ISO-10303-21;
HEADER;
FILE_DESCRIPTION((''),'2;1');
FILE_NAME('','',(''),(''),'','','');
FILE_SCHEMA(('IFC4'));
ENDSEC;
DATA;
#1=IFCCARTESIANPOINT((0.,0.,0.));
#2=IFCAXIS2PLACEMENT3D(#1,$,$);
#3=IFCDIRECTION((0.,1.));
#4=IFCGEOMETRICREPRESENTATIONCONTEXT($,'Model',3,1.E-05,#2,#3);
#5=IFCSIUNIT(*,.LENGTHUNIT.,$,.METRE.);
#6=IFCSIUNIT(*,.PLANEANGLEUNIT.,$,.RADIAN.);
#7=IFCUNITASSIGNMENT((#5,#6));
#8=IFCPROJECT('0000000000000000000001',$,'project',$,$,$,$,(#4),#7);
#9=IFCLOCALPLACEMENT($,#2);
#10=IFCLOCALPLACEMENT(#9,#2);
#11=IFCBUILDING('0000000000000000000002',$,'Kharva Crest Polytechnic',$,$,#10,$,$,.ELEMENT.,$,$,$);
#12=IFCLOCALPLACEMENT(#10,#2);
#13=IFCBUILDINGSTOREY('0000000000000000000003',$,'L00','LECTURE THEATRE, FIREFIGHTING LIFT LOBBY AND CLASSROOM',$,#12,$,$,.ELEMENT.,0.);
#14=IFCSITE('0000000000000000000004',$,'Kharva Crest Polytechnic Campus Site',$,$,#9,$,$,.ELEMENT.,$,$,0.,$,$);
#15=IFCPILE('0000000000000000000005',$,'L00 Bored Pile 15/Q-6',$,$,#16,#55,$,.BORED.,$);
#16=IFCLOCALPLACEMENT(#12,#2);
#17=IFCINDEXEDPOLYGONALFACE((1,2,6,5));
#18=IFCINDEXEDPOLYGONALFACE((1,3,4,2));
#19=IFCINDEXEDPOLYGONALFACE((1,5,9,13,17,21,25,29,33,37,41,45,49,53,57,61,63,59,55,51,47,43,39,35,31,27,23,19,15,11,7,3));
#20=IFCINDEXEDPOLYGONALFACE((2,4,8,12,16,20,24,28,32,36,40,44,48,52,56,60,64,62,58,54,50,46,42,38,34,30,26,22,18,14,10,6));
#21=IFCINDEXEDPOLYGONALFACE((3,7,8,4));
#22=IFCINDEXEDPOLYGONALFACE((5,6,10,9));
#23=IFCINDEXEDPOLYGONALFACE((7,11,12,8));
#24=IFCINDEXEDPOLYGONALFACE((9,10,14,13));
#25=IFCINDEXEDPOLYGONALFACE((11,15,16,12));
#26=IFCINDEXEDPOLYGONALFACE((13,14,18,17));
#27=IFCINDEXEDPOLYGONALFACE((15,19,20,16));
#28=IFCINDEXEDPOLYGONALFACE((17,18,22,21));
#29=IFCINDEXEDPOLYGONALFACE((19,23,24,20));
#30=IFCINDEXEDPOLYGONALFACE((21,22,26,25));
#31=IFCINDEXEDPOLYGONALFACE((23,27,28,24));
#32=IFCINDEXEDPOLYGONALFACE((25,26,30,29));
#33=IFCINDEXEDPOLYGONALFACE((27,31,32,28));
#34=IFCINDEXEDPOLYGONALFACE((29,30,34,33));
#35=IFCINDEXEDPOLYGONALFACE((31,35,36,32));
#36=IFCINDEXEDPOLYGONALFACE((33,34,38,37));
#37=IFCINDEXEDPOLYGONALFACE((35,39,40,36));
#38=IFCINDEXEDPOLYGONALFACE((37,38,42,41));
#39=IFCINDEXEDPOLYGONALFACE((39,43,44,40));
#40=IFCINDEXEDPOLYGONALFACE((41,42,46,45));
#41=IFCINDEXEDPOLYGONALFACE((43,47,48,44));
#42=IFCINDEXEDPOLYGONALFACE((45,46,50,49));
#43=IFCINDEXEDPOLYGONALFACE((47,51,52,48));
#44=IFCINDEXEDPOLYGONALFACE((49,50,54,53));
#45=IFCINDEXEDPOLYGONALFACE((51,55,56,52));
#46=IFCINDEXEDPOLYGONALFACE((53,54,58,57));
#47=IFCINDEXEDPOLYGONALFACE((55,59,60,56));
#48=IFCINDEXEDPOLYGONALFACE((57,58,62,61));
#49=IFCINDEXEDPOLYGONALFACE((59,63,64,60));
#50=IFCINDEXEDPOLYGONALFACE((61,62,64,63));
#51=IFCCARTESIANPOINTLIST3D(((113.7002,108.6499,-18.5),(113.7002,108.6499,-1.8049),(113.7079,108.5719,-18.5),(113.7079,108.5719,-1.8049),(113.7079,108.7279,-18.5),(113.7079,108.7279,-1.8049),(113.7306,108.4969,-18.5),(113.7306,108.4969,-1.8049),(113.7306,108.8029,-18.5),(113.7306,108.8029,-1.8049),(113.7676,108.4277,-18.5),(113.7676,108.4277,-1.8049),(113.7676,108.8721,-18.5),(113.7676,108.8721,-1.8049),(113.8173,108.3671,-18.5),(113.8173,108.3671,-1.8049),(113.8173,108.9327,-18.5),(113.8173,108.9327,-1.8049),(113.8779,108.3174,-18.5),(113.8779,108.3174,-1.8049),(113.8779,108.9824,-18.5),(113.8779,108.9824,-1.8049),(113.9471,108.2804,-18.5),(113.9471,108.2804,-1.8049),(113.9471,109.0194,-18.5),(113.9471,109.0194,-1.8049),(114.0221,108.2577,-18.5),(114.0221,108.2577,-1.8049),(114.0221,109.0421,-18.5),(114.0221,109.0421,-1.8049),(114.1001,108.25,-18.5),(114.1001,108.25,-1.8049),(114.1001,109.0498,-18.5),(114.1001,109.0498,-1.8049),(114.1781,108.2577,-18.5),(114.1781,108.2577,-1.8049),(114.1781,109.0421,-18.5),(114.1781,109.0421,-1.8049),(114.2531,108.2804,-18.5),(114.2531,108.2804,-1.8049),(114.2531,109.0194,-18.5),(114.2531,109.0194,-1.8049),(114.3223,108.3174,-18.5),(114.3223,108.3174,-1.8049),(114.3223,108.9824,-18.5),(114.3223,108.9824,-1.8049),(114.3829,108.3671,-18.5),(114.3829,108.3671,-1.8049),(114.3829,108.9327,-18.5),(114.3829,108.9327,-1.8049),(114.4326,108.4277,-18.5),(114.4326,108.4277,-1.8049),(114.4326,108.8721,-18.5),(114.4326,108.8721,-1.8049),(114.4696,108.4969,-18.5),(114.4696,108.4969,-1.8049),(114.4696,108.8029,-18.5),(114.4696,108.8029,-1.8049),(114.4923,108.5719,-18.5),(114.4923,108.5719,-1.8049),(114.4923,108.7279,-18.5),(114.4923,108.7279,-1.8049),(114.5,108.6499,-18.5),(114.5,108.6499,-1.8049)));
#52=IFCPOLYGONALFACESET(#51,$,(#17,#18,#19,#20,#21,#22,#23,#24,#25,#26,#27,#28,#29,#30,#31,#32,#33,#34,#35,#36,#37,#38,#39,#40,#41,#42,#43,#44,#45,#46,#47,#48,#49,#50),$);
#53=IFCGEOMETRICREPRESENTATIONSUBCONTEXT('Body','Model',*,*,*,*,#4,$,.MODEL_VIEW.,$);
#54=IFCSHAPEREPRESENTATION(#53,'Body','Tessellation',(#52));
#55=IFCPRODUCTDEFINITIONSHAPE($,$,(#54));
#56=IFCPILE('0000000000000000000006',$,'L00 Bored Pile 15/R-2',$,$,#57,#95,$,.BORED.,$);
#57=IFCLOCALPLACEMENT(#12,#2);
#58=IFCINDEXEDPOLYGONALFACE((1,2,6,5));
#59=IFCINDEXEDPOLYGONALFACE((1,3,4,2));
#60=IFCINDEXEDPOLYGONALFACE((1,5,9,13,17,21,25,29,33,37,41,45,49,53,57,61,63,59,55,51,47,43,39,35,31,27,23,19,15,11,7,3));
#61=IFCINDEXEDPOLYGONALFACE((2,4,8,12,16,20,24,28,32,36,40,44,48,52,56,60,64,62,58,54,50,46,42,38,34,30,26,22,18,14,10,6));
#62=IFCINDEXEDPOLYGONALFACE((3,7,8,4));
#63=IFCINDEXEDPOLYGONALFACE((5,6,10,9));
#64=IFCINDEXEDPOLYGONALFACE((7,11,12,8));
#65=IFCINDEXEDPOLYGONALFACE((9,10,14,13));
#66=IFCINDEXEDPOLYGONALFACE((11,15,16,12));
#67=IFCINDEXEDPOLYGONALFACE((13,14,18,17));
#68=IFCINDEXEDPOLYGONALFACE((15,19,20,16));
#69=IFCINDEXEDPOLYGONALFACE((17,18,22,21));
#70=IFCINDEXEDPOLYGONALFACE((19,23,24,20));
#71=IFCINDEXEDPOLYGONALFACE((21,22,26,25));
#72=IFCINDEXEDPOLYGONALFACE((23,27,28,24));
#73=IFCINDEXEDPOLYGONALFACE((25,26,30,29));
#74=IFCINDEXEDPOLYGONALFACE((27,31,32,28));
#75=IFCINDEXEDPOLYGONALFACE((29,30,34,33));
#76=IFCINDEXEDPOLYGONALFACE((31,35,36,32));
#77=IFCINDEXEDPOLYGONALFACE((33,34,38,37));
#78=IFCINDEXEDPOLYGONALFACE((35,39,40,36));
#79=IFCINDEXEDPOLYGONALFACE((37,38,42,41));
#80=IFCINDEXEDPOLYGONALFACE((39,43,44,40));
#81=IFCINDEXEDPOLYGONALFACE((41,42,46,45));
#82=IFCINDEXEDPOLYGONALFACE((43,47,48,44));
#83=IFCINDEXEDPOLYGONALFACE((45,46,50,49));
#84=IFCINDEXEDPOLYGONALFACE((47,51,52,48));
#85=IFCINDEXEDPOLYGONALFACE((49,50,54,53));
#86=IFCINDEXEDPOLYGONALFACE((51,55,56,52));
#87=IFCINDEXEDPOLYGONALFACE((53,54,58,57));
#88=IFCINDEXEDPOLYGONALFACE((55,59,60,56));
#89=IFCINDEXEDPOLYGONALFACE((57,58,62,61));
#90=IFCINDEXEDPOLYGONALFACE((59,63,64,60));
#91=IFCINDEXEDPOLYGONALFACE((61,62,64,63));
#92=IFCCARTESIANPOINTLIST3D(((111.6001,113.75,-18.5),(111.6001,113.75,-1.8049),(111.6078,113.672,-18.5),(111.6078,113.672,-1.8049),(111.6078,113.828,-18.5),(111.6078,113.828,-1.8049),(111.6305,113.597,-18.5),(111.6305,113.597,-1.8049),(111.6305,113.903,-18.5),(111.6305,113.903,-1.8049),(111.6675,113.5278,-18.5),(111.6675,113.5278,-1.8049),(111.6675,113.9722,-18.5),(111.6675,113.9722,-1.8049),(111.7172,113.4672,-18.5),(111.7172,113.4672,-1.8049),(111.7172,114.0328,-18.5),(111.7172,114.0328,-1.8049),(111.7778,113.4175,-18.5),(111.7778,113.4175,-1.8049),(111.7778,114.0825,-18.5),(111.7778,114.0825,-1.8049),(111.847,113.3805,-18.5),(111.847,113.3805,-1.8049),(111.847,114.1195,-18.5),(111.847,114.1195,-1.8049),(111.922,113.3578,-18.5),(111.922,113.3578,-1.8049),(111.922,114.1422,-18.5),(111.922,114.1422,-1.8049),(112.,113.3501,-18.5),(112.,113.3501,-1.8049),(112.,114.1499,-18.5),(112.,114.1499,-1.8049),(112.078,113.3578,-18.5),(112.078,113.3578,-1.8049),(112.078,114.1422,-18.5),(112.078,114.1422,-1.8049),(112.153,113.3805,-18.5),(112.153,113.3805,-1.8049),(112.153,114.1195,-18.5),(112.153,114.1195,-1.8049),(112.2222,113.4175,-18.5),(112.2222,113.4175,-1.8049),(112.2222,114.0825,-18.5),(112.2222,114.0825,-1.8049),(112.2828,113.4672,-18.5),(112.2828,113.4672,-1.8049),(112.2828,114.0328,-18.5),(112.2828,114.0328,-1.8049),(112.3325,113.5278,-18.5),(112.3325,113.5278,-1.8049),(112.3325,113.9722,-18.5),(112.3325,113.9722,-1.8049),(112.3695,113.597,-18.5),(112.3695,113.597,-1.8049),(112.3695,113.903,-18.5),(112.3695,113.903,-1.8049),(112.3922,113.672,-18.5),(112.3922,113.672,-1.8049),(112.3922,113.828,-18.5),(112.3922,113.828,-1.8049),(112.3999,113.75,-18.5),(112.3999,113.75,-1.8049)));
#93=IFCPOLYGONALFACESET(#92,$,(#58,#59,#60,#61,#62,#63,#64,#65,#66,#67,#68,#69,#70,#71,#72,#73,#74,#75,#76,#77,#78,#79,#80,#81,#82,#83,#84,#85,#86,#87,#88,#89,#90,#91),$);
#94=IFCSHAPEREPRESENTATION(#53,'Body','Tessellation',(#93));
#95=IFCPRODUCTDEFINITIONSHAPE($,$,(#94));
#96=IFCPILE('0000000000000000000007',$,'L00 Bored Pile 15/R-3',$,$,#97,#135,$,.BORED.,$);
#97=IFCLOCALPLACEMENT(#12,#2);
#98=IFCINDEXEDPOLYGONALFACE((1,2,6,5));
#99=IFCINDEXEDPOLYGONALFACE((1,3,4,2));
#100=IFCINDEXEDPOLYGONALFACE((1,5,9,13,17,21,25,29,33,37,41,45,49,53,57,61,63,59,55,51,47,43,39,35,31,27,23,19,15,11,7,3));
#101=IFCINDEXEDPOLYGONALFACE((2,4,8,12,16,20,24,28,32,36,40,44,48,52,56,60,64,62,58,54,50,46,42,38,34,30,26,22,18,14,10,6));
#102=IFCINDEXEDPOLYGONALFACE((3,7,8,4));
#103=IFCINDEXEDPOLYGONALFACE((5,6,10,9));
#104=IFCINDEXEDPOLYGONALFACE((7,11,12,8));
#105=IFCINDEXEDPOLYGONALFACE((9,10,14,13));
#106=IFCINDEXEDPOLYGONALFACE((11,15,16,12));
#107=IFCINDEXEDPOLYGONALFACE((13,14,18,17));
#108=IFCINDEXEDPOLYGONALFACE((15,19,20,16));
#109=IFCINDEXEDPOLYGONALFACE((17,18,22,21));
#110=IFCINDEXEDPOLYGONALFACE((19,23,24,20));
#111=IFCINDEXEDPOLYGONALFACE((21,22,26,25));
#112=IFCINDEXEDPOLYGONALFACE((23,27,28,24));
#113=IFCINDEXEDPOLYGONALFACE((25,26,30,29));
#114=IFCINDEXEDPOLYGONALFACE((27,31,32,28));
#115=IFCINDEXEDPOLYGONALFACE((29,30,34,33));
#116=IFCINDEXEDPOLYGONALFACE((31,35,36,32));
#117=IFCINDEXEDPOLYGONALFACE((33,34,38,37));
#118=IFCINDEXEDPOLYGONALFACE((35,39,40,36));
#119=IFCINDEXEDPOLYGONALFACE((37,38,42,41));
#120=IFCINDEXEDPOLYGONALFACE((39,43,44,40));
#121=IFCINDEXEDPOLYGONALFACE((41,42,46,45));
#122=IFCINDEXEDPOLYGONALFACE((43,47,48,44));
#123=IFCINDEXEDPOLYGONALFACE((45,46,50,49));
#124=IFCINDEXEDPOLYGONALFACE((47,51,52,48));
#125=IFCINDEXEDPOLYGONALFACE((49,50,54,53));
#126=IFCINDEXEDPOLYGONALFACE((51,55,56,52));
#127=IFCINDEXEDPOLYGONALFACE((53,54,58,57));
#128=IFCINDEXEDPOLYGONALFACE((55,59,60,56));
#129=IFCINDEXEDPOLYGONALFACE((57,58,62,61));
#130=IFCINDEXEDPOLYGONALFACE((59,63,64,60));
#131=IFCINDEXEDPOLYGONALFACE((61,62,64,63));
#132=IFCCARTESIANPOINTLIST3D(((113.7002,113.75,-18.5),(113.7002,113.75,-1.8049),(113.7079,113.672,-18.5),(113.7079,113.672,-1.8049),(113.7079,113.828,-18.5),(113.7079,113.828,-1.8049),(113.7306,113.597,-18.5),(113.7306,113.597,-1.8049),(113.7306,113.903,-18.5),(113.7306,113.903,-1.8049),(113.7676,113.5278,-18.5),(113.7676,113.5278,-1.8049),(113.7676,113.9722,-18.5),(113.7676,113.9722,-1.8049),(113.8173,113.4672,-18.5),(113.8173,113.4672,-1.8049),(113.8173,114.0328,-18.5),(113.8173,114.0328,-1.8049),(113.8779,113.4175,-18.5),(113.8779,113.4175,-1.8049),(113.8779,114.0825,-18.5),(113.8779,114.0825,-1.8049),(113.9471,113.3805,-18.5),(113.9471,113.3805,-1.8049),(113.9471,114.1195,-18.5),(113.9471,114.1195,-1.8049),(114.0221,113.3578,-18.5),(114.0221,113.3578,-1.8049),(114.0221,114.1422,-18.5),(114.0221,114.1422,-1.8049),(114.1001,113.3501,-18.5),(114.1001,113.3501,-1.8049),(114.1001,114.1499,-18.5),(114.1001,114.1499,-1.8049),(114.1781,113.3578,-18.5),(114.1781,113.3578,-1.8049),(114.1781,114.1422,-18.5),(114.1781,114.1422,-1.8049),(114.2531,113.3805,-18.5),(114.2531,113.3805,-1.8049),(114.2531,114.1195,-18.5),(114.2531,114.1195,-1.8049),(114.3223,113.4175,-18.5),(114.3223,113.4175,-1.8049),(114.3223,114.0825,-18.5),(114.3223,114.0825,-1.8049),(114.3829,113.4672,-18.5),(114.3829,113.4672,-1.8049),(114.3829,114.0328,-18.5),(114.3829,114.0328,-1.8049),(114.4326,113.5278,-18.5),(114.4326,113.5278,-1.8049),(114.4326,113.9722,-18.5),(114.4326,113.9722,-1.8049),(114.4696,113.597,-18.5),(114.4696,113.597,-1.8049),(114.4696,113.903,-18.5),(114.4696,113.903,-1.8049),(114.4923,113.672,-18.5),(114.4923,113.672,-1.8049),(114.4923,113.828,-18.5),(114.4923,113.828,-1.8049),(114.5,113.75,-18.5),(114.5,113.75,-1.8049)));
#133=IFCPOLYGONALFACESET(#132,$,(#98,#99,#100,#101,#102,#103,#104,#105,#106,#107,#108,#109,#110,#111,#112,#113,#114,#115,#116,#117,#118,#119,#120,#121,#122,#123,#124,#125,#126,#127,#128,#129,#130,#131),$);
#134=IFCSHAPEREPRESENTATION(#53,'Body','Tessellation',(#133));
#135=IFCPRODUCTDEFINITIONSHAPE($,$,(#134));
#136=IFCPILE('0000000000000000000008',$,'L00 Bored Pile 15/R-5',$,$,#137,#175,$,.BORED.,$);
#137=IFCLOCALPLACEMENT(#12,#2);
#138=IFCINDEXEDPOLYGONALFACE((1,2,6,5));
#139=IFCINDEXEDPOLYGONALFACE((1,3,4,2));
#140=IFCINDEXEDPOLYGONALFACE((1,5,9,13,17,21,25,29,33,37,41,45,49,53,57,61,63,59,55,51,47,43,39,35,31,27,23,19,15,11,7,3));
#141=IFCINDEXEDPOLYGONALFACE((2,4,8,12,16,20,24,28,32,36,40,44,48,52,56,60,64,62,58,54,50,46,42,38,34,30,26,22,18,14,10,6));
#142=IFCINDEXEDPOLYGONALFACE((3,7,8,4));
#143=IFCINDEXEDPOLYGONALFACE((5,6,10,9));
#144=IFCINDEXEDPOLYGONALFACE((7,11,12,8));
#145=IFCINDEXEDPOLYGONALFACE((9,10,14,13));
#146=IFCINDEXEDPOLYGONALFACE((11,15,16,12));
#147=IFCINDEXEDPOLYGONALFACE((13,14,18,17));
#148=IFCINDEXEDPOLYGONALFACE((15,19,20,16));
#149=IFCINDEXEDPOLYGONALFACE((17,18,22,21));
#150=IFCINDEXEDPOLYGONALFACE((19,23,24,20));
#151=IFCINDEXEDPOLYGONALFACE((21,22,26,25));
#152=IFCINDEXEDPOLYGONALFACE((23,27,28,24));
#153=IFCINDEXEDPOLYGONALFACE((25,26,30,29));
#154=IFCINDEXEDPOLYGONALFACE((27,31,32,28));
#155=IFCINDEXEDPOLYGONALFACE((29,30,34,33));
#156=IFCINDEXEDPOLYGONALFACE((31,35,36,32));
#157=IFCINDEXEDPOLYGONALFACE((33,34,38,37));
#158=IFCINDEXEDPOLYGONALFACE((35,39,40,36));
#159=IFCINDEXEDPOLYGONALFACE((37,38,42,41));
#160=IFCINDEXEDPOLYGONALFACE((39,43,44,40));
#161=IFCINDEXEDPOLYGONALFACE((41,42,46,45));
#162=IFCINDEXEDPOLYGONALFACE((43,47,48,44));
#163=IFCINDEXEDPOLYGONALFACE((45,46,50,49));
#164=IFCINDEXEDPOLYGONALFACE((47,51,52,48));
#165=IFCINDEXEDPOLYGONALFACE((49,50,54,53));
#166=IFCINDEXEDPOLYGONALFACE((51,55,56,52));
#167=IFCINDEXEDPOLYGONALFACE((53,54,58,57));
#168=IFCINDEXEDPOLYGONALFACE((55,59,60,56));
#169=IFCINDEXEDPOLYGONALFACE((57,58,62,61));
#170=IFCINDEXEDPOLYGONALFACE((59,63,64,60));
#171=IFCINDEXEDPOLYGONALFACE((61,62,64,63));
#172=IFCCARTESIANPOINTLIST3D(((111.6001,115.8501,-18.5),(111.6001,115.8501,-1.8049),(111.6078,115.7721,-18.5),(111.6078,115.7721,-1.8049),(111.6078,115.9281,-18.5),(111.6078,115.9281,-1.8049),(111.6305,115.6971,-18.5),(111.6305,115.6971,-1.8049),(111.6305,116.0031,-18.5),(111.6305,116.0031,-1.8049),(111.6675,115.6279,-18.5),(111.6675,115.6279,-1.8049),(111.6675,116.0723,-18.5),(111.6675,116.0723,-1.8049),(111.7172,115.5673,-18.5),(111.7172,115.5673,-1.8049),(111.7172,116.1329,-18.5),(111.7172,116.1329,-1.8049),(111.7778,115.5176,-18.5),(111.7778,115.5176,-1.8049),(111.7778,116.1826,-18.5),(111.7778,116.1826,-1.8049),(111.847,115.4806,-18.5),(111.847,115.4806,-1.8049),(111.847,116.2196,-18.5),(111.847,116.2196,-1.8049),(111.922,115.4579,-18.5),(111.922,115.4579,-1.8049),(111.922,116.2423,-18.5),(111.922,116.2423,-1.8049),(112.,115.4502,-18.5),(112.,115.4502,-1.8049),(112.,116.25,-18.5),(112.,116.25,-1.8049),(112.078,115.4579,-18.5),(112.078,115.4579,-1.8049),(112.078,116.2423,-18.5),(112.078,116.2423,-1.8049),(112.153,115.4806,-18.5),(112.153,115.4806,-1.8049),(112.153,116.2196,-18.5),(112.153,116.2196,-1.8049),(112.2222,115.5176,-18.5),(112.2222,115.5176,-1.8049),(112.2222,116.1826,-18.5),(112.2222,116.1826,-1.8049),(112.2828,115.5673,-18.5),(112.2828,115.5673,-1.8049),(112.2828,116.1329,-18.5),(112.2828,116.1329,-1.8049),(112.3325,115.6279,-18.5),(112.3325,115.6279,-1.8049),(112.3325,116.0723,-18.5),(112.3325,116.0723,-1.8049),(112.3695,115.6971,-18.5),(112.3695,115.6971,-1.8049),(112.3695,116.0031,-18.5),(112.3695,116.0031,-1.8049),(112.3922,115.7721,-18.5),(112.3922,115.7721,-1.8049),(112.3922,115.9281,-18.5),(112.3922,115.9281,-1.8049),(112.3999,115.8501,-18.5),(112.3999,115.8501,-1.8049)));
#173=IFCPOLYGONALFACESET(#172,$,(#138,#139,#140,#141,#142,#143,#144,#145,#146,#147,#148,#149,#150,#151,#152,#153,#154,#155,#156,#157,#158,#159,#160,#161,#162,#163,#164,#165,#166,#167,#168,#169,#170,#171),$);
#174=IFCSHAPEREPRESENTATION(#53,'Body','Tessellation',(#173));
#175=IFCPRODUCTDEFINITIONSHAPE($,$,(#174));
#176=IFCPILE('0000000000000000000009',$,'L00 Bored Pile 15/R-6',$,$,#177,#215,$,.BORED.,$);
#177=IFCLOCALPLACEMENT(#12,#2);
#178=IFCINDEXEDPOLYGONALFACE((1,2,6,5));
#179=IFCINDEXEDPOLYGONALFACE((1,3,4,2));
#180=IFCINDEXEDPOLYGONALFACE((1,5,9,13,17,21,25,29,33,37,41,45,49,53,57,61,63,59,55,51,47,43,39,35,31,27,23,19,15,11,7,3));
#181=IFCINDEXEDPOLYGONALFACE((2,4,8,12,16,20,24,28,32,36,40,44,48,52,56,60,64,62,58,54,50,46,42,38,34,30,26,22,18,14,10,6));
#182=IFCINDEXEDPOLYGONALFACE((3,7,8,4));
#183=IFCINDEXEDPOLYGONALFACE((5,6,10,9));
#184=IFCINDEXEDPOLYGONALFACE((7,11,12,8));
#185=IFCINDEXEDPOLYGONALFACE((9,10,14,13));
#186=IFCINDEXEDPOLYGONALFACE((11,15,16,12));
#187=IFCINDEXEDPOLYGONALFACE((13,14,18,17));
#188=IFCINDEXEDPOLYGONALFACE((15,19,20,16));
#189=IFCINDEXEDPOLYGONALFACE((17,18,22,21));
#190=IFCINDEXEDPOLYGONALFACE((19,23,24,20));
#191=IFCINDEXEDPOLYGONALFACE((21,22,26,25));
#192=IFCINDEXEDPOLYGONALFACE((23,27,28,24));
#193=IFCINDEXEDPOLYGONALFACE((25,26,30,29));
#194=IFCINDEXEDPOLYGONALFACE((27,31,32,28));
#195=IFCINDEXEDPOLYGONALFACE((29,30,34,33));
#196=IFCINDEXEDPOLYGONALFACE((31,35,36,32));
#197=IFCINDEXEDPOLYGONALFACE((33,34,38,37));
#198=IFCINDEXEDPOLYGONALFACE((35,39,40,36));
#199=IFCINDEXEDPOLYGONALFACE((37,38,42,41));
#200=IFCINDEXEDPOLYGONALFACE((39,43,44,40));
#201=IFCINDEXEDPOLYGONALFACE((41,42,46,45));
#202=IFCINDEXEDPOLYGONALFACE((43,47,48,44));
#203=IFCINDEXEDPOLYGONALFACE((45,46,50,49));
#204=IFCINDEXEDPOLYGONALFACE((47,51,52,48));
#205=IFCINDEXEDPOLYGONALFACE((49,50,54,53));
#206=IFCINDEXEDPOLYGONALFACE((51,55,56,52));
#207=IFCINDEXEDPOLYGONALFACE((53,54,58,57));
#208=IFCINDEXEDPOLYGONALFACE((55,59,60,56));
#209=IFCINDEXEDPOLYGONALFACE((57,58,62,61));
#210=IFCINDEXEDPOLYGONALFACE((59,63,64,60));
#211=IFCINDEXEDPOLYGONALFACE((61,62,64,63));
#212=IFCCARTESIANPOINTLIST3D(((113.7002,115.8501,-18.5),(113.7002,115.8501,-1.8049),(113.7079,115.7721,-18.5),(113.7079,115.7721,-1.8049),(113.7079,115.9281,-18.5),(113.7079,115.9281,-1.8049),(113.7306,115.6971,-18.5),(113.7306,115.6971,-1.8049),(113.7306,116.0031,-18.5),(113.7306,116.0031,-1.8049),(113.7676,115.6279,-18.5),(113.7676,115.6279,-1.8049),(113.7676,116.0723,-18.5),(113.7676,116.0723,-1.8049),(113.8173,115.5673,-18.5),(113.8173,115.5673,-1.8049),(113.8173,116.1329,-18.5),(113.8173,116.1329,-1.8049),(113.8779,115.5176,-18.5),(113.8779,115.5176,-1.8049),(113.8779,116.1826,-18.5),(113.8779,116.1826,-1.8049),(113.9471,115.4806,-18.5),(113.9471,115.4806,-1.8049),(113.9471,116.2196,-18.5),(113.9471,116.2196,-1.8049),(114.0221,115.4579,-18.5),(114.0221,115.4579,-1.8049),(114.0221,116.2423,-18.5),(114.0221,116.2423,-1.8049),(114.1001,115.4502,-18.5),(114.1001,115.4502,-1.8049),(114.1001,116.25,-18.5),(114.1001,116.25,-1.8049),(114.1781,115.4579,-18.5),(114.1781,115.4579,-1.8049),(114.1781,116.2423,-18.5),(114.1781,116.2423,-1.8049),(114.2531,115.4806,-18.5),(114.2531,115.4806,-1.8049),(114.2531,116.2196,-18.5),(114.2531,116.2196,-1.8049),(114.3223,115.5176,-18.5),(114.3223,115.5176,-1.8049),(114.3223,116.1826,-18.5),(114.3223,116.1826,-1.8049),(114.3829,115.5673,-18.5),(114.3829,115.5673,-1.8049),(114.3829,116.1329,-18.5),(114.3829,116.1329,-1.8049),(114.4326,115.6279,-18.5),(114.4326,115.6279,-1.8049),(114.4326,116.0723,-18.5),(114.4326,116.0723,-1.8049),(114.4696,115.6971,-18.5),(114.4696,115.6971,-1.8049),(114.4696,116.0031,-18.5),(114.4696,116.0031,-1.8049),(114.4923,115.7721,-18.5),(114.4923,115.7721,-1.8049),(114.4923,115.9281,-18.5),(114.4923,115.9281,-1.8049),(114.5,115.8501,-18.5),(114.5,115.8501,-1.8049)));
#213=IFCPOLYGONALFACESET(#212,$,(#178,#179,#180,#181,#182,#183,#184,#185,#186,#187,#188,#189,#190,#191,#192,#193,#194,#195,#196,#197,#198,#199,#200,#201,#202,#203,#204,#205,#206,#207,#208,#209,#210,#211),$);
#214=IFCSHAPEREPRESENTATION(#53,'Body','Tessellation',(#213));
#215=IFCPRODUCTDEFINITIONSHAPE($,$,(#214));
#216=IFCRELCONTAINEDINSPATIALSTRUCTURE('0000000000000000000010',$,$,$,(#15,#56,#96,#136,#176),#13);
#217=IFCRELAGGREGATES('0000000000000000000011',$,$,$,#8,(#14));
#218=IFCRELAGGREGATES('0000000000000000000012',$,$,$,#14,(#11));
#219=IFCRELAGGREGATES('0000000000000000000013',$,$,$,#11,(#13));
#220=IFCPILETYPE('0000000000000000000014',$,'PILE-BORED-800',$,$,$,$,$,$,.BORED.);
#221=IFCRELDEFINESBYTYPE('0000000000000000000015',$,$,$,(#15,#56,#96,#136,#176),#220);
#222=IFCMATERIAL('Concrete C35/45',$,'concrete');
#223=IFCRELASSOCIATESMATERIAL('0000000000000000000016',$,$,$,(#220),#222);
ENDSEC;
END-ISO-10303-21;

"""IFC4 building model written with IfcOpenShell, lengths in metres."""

from ifc_helpers import new_model, si_unit, direction, frame, origin, origin_2d, place, context, subcontext, project, spatial, circle, extrude, material, material_profile, profile_set, type_object, element, save


model = new_model("IFC4")

# Units and contexts
model_context = context("Model", 3, precision=1e-05, world=origin(), true_north=direction((0.0, 1.0)))
body_context = subcontext(model_context, "Body", "Model", "MODEL_VIEW")
ifc_project = project(units=[si_unit("LENGTHUNIT", "METRE"), si_unit("PLANEANGLEUNIT", "RADIAN")], contexts=[model_context])

# Site, building, storey
site_placement = place(None, origin())
site = spatial("IfcSite", under=ifc_project, at=site_placement, Name="Kharva Crest Polytechnic Campus Site", CompositionType="ELEMENT", RefElevation=0.0)
building_placement = place(site_placement, origin())
building = spatial("IfcBuilding", under=site, at=building_placement, Name="Kharva Crest Polytechnic", CompositionType="ELEMENT")
storey_placement = place(building_placement, origin())
storey = spatial("IfcBuildingStorey", under=building, at=storey_placement, Name="L00", Description="LECTURE THEATRE, FIREFIGHTING LIFT LOBBY AND CLASSROOM", CompositionType="ELEMENT", Elevation=0.0)

# Shared definitions
ifc_material_1 = material(Name="Concrete C35/45", Category="concrete")

# Piles
ifc_material_profile_1 = material_profile(ifc_material_1, circle(Radius=0.3999, at=origin_2d()), Name="DIA 800")
ifc_profile_set_1 = profile_set([ifc_material_profile_1], Name="Concrete C35/45")
pile_type_1 = type_object("IfcPileType", Name="PILE-BORED-800", PredefinedType="BORED", material=ifc_profile_set_1)
for number, where, z_axis, x_axis, name in (
    (1, (114.1001, 108.6499, -1.8049), (0.0, 0.0, -1.0), (1.0, 0.0, 0.0), "L00 Bored Pile 15/Q-6"),
    (2, (112.0, 113.75, -1.8049), (0.0, 0.0, -1.0), (1.0, 0.0, 0.0), "L00 Bored Pile 15/R-2"),
    (3, (114.1001, 113.75, -1.8049), (0.0, 0.0, -1.0), (1.0, 0.0, 0.0), "L00 Bored Pile 15/R-3"),
    (4, (112.0, 115.8501, -1.8049), (0.0, 0.0, -1.0), (1.0, 0.0, 0.0), "L00 Bored Pile 15/R-5"),
    (5, (114.1001, 115.8501, -1.8049), (0.0, 0.0, -1.0), (1.0, 0.0, 0.0), "L00 Bored Pile 15/R-6"),
):
    element("IfcPile", number, at=place(storey_placement, frame(where, z_axis=z_axis, x_axis=x_axis)), inside=storey, type_object=pile_type_1, Name=name, PredefinedType="BORED", context=body_context, shape_type="SweptSolid", body=[
        extrude(circle(Radius=0.3999, at=origin_2d()), origin(), (0.0, 0.0, 1.0), 16.6951),
    ])

save(model, "model.ifc")
